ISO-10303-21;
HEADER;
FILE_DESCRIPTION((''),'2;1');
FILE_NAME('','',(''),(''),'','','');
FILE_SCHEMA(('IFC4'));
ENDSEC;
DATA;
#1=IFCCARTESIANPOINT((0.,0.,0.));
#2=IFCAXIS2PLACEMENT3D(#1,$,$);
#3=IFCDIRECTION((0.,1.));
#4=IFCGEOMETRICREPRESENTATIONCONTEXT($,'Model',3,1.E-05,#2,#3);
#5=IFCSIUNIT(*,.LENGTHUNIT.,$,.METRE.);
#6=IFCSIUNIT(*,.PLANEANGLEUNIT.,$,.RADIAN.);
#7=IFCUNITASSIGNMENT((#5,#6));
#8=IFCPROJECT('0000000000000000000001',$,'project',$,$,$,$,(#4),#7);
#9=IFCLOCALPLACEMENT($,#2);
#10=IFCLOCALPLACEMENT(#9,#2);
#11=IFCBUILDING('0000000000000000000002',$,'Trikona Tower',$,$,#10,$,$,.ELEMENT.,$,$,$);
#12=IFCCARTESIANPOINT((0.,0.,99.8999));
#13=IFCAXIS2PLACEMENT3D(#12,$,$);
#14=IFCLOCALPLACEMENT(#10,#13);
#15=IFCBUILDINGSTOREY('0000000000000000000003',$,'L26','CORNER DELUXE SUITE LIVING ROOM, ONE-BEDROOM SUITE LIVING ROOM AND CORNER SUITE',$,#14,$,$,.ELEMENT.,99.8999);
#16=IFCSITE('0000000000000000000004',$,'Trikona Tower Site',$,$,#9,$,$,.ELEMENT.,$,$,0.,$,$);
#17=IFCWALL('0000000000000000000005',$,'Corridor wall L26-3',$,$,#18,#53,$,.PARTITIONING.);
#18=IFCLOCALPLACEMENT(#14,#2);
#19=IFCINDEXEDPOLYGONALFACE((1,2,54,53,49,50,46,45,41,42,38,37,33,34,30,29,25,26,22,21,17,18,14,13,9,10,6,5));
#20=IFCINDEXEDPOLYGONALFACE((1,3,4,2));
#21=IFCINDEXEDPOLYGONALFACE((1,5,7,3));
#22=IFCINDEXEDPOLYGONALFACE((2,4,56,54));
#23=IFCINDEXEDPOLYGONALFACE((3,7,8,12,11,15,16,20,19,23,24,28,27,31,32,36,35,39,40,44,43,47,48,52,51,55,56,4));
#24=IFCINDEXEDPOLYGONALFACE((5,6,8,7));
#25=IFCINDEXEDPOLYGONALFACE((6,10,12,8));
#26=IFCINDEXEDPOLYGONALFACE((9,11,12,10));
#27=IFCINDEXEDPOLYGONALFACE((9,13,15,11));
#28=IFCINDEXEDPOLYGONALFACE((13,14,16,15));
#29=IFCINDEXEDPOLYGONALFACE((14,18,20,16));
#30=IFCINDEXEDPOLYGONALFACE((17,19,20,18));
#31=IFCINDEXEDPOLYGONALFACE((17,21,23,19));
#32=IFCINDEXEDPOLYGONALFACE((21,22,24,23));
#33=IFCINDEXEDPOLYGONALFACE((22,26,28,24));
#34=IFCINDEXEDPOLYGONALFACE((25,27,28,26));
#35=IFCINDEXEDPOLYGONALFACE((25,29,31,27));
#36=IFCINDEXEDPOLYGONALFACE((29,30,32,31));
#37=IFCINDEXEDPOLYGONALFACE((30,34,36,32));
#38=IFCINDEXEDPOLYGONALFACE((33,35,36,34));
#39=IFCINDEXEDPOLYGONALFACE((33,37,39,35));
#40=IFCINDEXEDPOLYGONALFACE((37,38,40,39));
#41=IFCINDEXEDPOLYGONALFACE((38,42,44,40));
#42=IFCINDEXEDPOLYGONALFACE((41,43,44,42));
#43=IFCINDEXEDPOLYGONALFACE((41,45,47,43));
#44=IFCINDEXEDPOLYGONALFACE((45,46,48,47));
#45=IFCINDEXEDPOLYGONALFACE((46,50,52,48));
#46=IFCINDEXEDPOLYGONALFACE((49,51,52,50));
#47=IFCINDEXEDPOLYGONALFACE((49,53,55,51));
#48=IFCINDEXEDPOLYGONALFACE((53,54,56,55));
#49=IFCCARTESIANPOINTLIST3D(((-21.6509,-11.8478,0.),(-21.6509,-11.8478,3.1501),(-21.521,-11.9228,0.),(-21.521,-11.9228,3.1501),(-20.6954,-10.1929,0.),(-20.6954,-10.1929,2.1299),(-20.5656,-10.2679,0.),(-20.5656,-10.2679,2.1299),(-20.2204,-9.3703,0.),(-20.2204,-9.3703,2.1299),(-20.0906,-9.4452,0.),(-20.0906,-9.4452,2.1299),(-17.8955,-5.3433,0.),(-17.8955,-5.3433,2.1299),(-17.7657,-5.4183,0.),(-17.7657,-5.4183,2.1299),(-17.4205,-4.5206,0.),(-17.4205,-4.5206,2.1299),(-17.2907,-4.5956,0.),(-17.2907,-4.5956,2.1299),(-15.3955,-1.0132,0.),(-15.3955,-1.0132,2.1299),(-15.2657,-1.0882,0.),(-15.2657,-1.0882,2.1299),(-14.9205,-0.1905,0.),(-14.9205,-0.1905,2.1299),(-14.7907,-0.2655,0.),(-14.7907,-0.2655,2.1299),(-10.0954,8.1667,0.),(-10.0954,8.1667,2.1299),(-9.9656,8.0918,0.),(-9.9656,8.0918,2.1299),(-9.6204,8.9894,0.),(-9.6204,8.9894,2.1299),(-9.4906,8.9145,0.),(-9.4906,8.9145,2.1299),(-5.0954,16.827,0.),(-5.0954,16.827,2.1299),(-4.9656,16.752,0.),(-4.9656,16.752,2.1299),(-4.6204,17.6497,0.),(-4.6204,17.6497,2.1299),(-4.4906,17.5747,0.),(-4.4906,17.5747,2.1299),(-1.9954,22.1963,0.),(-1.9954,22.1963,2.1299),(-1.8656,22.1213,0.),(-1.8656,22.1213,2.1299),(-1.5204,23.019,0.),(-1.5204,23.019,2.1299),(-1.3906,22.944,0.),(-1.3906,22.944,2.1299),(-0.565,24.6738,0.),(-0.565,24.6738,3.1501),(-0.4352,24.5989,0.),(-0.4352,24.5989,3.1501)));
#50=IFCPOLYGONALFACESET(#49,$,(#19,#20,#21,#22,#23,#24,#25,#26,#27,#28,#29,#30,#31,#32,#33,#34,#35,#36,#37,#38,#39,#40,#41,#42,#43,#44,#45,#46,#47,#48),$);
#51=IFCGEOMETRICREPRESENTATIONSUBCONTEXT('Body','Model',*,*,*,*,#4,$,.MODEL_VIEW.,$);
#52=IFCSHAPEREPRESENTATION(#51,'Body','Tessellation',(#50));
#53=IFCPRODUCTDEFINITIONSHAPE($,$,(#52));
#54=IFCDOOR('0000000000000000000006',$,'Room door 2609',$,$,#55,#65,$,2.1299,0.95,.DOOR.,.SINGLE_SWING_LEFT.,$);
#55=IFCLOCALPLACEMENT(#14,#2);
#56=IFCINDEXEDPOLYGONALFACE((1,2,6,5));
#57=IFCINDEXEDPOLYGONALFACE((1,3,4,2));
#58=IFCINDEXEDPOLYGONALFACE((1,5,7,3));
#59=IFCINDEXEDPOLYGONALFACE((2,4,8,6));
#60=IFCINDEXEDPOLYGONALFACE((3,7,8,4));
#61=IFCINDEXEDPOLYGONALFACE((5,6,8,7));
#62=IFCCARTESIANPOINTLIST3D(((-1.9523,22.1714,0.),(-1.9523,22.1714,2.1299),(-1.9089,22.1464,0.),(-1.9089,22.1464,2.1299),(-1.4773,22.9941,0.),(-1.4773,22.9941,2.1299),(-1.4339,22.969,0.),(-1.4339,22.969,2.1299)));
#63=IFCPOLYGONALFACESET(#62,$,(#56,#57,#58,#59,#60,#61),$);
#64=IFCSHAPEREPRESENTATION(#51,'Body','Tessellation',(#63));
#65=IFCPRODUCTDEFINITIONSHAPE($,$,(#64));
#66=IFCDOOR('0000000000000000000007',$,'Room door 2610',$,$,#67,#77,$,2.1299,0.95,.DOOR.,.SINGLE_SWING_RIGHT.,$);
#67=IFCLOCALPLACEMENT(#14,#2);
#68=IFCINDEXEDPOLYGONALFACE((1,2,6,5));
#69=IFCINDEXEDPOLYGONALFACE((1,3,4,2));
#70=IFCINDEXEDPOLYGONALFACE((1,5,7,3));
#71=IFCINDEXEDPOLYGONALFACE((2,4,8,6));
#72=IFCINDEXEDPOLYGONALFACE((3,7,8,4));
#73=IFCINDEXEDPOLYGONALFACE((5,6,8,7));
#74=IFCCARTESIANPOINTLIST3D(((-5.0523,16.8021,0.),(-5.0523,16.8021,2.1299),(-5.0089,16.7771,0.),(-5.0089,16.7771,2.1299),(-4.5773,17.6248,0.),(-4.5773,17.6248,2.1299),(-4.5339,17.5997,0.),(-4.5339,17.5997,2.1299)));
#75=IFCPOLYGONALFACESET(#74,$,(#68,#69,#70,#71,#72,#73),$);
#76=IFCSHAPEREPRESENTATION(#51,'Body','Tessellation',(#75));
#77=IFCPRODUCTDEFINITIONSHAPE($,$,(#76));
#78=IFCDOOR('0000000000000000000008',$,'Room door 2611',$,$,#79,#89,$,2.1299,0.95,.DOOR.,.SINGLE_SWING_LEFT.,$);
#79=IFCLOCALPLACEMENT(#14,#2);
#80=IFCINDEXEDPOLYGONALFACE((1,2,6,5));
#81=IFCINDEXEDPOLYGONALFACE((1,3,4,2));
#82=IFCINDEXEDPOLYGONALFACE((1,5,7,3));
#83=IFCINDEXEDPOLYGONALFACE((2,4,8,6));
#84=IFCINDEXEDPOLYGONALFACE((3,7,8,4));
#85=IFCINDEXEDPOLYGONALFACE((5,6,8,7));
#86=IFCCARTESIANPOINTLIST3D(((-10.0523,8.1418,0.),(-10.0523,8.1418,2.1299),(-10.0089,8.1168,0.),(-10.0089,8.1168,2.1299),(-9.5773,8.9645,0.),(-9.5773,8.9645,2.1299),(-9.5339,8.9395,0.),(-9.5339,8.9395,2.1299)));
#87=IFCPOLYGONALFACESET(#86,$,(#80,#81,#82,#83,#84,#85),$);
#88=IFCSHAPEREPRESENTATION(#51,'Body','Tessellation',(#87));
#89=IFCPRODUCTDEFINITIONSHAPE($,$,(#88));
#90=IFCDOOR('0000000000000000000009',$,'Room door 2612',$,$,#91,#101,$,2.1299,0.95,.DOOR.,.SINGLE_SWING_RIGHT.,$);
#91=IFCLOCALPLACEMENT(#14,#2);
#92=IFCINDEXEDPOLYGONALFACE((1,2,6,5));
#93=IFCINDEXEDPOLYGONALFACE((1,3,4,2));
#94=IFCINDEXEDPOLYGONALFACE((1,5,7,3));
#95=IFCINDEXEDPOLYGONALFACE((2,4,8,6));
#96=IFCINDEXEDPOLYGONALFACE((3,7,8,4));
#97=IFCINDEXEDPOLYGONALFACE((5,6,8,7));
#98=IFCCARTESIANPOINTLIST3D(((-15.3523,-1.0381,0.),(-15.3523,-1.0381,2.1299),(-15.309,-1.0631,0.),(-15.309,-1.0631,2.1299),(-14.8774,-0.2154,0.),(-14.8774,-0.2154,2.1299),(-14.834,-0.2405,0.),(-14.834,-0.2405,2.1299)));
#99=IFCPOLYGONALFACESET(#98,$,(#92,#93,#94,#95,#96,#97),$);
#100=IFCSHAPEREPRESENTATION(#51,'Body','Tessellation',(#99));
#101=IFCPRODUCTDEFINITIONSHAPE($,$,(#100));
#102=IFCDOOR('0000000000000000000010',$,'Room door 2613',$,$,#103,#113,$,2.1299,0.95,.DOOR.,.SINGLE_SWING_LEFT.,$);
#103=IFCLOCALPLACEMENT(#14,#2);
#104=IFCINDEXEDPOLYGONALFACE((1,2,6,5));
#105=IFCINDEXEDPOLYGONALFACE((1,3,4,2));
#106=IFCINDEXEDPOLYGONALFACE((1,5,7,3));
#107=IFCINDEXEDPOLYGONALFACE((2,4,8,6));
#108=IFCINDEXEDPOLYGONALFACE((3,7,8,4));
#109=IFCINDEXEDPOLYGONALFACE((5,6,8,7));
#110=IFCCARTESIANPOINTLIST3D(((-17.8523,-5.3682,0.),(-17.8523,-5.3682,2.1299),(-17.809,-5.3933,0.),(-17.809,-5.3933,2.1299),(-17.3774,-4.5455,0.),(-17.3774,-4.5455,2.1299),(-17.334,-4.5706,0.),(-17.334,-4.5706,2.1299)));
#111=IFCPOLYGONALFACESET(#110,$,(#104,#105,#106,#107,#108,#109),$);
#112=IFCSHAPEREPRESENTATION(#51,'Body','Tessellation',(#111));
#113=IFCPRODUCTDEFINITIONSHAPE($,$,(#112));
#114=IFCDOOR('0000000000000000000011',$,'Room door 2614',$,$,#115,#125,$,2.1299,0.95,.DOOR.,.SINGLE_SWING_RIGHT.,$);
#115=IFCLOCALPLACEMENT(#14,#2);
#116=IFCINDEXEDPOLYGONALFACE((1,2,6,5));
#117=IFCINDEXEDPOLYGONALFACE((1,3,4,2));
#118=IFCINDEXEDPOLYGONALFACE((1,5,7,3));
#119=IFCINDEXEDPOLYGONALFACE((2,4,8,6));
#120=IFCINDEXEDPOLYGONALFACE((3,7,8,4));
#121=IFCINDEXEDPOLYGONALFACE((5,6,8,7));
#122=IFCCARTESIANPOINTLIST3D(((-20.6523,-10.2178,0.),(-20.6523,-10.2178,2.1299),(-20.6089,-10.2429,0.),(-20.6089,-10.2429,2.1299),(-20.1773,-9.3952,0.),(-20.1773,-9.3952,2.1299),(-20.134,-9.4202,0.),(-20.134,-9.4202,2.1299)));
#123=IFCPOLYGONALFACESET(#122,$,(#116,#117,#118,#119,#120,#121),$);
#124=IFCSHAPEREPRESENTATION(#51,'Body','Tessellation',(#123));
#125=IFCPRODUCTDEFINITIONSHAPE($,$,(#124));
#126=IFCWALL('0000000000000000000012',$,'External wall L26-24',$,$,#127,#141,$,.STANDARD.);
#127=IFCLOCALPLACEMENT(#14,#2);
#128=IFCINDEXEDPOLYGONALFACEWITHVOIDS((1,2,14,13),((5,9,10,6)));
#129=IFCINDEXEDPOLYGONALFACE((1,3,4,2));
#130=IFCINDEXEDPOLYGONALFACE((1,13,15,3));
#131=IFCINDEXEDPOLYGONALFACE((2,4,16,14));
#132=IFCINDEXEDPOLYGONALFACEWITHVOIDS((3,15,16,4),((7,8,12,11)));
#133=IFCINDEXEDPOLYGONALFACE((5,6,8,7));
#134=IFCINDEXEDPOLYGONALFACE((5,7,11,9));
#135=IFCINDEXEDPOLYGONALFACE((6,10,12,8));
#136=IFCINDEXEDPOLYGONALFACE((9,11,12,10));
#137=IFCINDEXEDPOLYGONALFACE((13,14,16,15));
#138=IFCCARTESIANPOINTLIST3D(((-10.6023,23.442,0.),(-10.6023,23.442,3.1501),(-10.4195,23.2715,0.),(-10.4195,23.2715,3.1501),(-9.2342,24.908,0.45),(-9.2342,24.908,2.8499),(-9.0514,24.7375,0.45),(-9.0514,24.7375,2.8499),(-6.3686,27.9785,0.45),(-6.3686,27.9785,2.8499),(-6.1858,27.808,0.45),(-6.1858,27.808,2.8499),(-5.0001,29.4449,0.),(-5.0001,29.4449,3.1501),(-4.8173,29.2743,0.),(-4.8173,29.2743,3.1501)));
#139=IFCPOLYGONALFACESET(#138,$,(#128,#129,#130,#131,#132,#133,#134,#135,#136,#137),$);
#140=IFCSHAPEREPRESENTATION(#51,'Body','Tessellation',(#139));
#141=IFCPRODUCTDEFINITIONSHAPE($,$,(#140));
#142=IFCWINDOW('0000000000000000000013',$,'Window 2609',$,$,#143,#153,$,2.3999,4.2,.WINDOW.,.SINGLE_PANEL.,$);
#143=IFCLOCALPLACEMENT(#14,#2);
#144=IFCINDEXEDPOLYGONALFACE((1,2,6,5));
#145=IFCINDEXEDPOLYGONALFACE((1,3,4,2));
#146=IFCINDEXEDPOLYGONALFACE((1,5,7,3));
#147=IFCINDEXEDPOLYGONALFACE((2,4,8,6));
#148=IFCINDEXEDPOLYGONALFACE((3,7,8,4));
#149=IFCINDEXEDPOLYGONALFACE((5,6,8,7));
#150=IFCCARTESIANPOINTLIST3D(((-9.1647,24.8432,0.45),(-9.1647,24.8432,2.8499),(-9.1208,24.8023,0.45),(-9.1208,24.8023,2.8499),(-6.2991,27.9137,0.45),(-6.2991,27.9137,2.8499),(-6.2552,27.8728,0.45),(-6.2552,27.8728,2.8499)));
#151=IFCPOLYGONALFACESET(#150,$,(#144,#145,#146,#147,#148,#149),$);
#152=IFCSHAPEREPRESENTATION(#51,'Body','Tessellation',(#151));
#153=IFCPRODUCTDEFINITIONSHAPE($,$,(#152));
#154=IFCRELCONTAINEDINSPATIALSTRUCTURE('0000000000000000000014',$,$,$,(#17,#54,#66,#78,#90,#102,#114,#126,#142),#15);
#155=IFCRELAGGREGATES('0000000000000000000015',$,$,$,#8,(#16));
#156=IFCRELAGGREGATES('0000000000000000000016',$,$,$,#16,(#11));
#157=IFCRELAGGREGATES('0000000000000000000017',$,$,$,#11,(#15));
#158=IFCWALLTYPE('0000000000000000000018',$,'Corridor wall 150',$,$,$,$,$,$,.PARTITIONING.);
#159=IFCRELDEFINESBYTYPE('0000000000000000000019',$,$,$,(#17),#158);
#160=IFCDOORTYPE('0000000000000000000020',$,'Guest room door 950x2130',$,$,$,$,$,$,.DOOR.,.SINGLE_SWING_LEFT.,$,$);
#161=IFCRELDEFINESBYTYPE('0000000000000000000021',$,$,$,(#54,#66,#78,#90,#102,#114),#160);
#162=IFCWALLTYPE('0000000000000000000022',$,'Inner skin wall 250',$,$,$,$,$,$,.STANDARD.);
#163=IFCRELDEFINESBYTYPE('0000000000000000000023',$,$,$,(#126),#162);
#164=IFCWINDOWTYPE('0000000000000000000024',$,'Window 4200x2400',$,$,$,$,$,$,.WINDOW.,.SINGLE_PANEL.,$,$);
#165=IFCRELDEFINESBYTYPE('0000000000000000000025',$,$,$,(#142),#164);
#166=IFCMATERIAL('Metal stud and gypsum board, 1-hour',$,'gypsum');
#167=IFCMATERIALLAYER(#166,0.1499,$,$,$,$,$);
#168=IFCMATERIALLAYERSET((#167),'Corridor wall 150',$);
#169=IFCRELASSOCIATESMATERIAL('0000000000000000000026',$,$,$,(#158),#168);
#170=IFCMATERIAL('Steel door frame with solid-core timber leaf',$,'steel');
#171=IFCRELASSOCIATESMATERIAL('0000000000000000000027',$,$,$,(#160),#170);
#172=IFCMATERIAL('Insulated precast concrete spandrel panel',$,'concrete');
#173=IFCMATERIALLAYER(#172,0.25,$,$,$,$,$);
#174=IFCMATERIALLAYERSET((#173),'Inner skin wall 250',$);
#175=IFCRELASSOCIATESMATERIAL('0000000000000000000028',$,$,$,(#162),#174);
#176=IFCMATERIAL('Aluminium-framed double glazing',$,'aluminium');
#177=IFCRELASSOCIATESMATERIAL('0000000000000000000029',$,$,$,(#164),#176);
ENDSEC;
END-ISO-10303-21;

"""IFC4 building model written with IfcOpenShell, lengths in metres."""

from ifc_helpers import new_model, si_unit, direction, frame, frame_2d, origin, place, context, subcontext, project, spatial, rectangle, extrude, material, layer, layer_set, type_object, element, fill, save


model = new_model("IFC4")

# Units and contexts
model_context = context("Model", 3, precision=1e-05, world=origin(), true_north=direction((0.0, 1.0)))
body_context = subcontext(model_context, "Body", "Model", "MODEL_VIEW")
ifc_project = project(units=[si_unit("LENGTHUNIT", "METRE"), si_unit("PLANEANGLEUNIT", "RADIAN")], contexts=[model_context])

# Site, building, storey
site_placement = place(None, origin())
site = spatial("IfcSite", under=ifc_project, at=site_placement, Name="Trikona Tower Site", CompositionType="ELEMENT", RefElevation=0.0)
building_placement = place(site_placement, origin())
building = spatial("IfcBuilding", under=site, at=building_placement, Name="Trikona Tower", CompositionType="ELEMENT")
storey_placement = place(building_placement, frame((0.0, 0.0, 99.8999)))
storey = spatial("IfcBuildingStorey", under=building, at=storey_placement, Name="L26", Description="CORNER DELUXE SUITE LIVING ROOM, ONE-BEDROOM SUITE LIVING ROOM AND CORNER SUITE", CompositionType="ELEMENT", Elevation=99.8999)

# Wall, openings, doors
ifc_material_1 = material(Name="Metal stud and gypsum board, 1-hour", Category="gypsum")
ifc_layer_1 = layer(ifc_material_1, 0.1499)
ifc_layer_set_1 = layer_set([ifc_layer_1], Name="Corridor wall 150")
wall_type_1 = type_object("IfcWallType", Name="Corridor wall 150", PredefinedType="PARTITIONING", material=ifc_layer_set_1)
wall_1_placement = place(storey_placement, frame((-0.5, 24.6365, 0.0), z_axis=(0.0, 0.0, 1.0), x_axis=(-0.500002, -0.866024, 0.0)))
wall_1 = element("IfcWall", 1, at=wall_1_placement, inside=storey, type_object=wall_type_1, Name="Corridor wall L26-3", PredefinedType="PARTITIONING", context=body_context, shape_type="SweptSolid", body=[
    extrude(rectangle(XDim=42.1716, YDim=0.1499, at=frame_2d((21.0859, 0.0))), origin(), (0.0, 0.0, 1.0), 3.1501),
])
opening_1_placement = place(wall_1_placement, frame((1.9109, 0.0, 0.0)))
opening_1 = element("IfcOpeningElement", 2, at=opening_1_placement, cuts=wall_1, PredefinedType="OPENING", context=body_context, shape_type="SweptSolid", body=[
    extrude(rectangle(XDim=0.95, YDim=2.1299, at=frame_2d((0.4751, 1.0649))), frame((0.0, 0.085, 0.0), z_axis=(0.0, -1.0, 0.0), x_axis=(1.0, 0.0, 0.0)), (0.0, 0.0, 1.0), 0.1699),
])
opening_2_placement = place(wall_1_placement, frame((8.1108, 0.0, 0.0)))
opening_2 = element("IfcOpeningElement", 3, at=opening_2_placement, cuts=wall_1, PredefinedType="OPENING", context=body_context, shape_type="SweptSolid", body=[
    extrude(rectangle(XDim=0.95, YDim=2.1299, at=frame_2d((0.4751, 1.0649))), frame((0.0, 0.085, 0.0), z_axis=(0.0, -1.0, 0.0), x_axis=(1.0, 0.0, 0.0)), (0.0, 0.0, 1.0), 0.1699),
])
opening_3_placement = place(wall_1_placement, frame((18.1108, 0.0, 0.0)))
opening_3 = element("IfcOpeningElement", 4, at=opening_3_placement, cuts=wall_1, PredefinedType="OPENING", context=body_context, shape_type="SweptSolid", body=[
    extrude(rectangle(XDim=0.95, YDim=2.1299, at=frame_2d((0.4751, 1.0649))), frame((0.0, 0.085, 0.0), z_axis=(0.0, -1.0, 0.0), x_axis=(1.0, 0.0, 0.0)), (0.0, 0.0, 1.0), 0.1699),
])
opening_4_placement = place(wall_1_placement, frame((28.7109, 0.0, 0.0)))
opening_4 = element("IfcOpeningElement", 5, at=opening_4_placement, cuts=wall_1, PredefinedType="OPENING", context=body_context, shape_type="SweptSolid", body=[
    extrude(rectangle(XDim=0.95, YDim=2.1299, at=frame_2d((0.4751, 1.0649))), frame((0.0, 0.085, 0.0), z_axis=(0.0, -1.0, 0.0), x_axis=(1.0, 0.0, 0.0)), (0.0, 0.0, 1.0), 0.1699),
])
opening_5_placement = place(wall_1_placement, frame((33.7109, 0.0, 0.0)))
opening_5 = element("IfcOpeningElement", 6, at=opening_5_placement, cuts=wall_1, PredefinedType="OPENING", context=body_context, shape_type="SweptSolid", body=[
    extrude(rectangle(XDim=0.95, YDim=2.1299, at=frame_2d((0.4751, 1.0649))), frame((0.0, 0.085, 0.0), z_axis=(0.0, -1.0, 0.0), x_axis=(1.0, 0.0, 0.0)), (0.0, 0.0, 1.0), 0.1699),
])
opening_6_placement = place(wall_1_placement, frame((39.3108, 0.0, 0.0)))
opening_6 = element("IfcOpeningElement", 7, at=opening_6_placement, cuts=wall_1, PredefinedType="OPENING", context=body_context, shape_type="SweptSolid", body=[
    extrude(rectangle(XDim=0.95, YDim=2.1299, at=frame_2d((0.4751, 1.0649))), frame((0.0, 0.085, 0.0), z_axis=(0.0, -1.0, 0.0), x_axis=(1.0, 0.0, 0.0)), (0.0, 0.0, 1.0), 0.1699),
])
ifc_material_2 = material(Name="Steel door frame with solid-core timber leaf", Category="steel")
door_type = type_object("IfcDoorType", Name="Guest room door 950x2130", OperationType="SINGLE_SWING_LEFT", PredefinedType="DOOR", material=ifc_material_2)
door_1_placement = place(opening_1_placement, origin())
door_1 = element("IfcDoor", 8, at=door_1_placement, inside=storey, type_object=door_type, Name="Room door 2609", OperationType="SINGLE_SWING_LEFT", OverallHeight=2.1299, OverallWidth=0.95, PredefinedType="DOOR", context=body_context, shape_type="SweptSolid", body=[
    extrude(rectangle(XDim=0.95, YDim=2.1299, at=frame_2d((0.4751, 1.0649))), frame((0.0, 0.0249, 0.0), z_axis=(0.0, -1.0, 0.0), x_axis=(1.0, 0.0, 0.0)), (0.0, 0.0, 1.0), 0.05),
])
fill(opening_1, door_1)
door_2_placement = place(opening_2_placement, origin())
door_2 = element("IfcDoor", 9, at=door_2_placement, inside=storey, type_object=door_type, Name="Room door 2610", OperationType="SINGLE_SWING_RIGHT", OverallHeight=2.1299, OverallWidth=0.95, PredefinedType="DOOR", context=body_context, shape_type="SweptSolid", body=[
    extrude(rectangle(XDim=0.95, YDim=2.1299, at=frame_2d((0.4751, 1.0649))), frame((0.0, 0.0249, 0.0), z_axis=(0.0, -1.0, 0.0), x_axis=(1.0, 0.0, 0.0)), (0.0, 0.0, 1.0), 0.05),
])
fill(opening_2, door_2)
door_3_placement = place(opening_3_placement, origin())
door_3 = element("IfcDoor", 10, at=door_3_placement, inside=storey, type_object=door_type, Name="Room door 2611", OperationType="SINGLE_SWING_LEFT", OverallHeight=2.1299, OverallWidth=0.95, PredefinedType="DOOR", context=body_context, shape_type="SweptSolid", body=[
    extrude(rectangle(XDim=0.95, YDim=2.1299, at=frame_2d((0.4751, 1.0649))), frame((0.0, 0.0249, 0.0), z_axis=(0.0, -1.0, 0.0), x_axis=(1.0, 0.0, 0.0)), (0.0, 0.0, 1.0), 0.05),
])
fill(opening_3, door_3)
door_4_placement = place(opening_4_placement, origin())
door_4 = element("IfcDoor", 11, at=door_4_placement, inside=storey, type_object=door_type, Name="Room door 2612", OperationType="SINGLE_SWING_RIGHT", OverallHeight=2.1299, OverallWidth=0.95, PredefinedType="DOOR", context=body_context, shape_type="SweptSolid", body=[
    extrude(rectangle(XDim=0.95, YDim=2.1299, at=frame_2d((0.4751, 1.0649))), frame((0.0, 0.0249, 0.0), z_axis=(0.0, -1.0, 0.0), x_axis=(1.0, 0.0, 0.0)), (0.0, 0.0, 1.0), 0.05),
])
fill(opening_4, door_4)
door_5_placement = place(opening_5_placement, origin())
door_5 = element("IfcDoor", 12, at=door_5_placement, inside=storey, type_object=door_type, Name="Room door 2613", OperationType="SINGLE_SWING_LEFT", OverallHeight=2.1299, OverallWidth=0.95, PredefinedType="DOOR", context=body_context, shape_type="SweptSolid", body=[
    extrude(rectangle(XDim=0.95, YDim=2.1299, at=frame_2d((0.4751, 1.0649))), frame((0.0, 0.0249, 0.0), z_axis=(0.0, -1.0, 0.0), x_axis=(1.0, 0.0, 0.0)), (0.0, 0.0, 1.0), 0.05),
])
fill(opening_5, door_5)
door_6_placement = place(opening_6_placement, origin())
door_6 = element("IfcDoor", 13, at=door_6_placement, inside=storey, type_object=door_type, Name="Room door 2614", OperationType="SINGLE_SWING_RIGHT", OverallHeight=2.1299, OverallWidth=0.95, PredefinedType="DOOR", context=body_context, shape_type="SweptSolid", body=[
    extrude(rectangle(XDim=0.95, YDim=2.1299, at=frame_2d((0.4751, 1.0649))), frame((0.0, 0.0249, 0.0), z_axis=(0.0, -1.0, 0.0), x_axis=(1.0, 0.0, 0.0)), (0.0, 0.0, 1.0), 0.05),
])
fill(opening_6, door_6)

# Wall, opening, window
ifc_material_3 = material(Name="Insulated precast concrete spandrel panel", Category="concrete")
ifc_layer_2 = layer(ifc_material_3, 0.25)
ifc_layer_set_2 = layer_set([ifc_layer_2], Name="Inner skin wall 250")
wall_type_2 = type_object("IfcWallType", Name="Inner skin wall 250", PredefinedType="STANDARD", material=ifc_layer_set_2)
wall_2_placement = place(storey_placement, frame((-4.9087, 29.3596, 0.0), z_axis=(0.0, 0.0, 1.0), x_axis=(-0.68229, -0.731082, 0.0)))
wall_2 = element("IfcWall", 14, at=wall_2_placement, inside=storey, type_object=wall_type_2, Name="External wall L26-24", PredefinedType="STANDARD", context=body_context, shape_type="SweptSolid", body=[
    extrude(rectangle(XDim=8.2109, YDim=0.25, at=frame_2d((4.1055, 0.0))), origin(), (0.0, 0.0, 1.0), 3.1501),
])
opening_7_placement = place(wall_2_placement, frame((2.0056, 0.0, 0.45)))
opening_7 = element("IfcOpeningElement", 15, at=opening_7_placement, cuts=wall_2, PredefinedType="OPENING", context=body_context, shape_type="SweptSolid", body=[
    extrude(rectangle(XDim=4.2, YDim=2.3999, at=frame_2d((2.1001, 1.2))), frame((0.0, 0.135, 0.0), z_axis=(0.0, -1.0, 0.0), x_axis=(1.0, 0.0, 0.0)), (0.0, 0.0, 1.0), 0.27),
])
ifc_material_4 = material(Name="Aluminium-framed double glazing", Category="aluminium")
window_type_1 = type_object("IfcWindowType", Name="Window 4200x2400", PartitioningType="SINGLE_PANEL", PredefinedType="WINDOW", material=ifc_material_4)
window_1_placement = place(opening_7_placement, origin())
window_1 = element("IfcWindow", 16, at=window_1_placement, inside=storey, type_object=window_type_1, Name="Window 2609", OverallHeight=2.3999, OverallWidth=4.2, PartitioningType="SINGLE_PANEL", PredefinedType="WINDOW", context=body_context, shape_type="SweptSolid", body=[
    extrude(rectangle(XDim=4.2, YDim=2.3999, at=frame_2d((2.1001, 1.2))), frame((0.0, 0.03, 0.0), z_axis=(0.0, -1.0, 0.0), x_axis=(1.0, 0.0, 0.0)), (0.0, 0.0, 1.0), 0.0601),
])
fill(opening_7, window_1)

save(model, "model.ifc")
